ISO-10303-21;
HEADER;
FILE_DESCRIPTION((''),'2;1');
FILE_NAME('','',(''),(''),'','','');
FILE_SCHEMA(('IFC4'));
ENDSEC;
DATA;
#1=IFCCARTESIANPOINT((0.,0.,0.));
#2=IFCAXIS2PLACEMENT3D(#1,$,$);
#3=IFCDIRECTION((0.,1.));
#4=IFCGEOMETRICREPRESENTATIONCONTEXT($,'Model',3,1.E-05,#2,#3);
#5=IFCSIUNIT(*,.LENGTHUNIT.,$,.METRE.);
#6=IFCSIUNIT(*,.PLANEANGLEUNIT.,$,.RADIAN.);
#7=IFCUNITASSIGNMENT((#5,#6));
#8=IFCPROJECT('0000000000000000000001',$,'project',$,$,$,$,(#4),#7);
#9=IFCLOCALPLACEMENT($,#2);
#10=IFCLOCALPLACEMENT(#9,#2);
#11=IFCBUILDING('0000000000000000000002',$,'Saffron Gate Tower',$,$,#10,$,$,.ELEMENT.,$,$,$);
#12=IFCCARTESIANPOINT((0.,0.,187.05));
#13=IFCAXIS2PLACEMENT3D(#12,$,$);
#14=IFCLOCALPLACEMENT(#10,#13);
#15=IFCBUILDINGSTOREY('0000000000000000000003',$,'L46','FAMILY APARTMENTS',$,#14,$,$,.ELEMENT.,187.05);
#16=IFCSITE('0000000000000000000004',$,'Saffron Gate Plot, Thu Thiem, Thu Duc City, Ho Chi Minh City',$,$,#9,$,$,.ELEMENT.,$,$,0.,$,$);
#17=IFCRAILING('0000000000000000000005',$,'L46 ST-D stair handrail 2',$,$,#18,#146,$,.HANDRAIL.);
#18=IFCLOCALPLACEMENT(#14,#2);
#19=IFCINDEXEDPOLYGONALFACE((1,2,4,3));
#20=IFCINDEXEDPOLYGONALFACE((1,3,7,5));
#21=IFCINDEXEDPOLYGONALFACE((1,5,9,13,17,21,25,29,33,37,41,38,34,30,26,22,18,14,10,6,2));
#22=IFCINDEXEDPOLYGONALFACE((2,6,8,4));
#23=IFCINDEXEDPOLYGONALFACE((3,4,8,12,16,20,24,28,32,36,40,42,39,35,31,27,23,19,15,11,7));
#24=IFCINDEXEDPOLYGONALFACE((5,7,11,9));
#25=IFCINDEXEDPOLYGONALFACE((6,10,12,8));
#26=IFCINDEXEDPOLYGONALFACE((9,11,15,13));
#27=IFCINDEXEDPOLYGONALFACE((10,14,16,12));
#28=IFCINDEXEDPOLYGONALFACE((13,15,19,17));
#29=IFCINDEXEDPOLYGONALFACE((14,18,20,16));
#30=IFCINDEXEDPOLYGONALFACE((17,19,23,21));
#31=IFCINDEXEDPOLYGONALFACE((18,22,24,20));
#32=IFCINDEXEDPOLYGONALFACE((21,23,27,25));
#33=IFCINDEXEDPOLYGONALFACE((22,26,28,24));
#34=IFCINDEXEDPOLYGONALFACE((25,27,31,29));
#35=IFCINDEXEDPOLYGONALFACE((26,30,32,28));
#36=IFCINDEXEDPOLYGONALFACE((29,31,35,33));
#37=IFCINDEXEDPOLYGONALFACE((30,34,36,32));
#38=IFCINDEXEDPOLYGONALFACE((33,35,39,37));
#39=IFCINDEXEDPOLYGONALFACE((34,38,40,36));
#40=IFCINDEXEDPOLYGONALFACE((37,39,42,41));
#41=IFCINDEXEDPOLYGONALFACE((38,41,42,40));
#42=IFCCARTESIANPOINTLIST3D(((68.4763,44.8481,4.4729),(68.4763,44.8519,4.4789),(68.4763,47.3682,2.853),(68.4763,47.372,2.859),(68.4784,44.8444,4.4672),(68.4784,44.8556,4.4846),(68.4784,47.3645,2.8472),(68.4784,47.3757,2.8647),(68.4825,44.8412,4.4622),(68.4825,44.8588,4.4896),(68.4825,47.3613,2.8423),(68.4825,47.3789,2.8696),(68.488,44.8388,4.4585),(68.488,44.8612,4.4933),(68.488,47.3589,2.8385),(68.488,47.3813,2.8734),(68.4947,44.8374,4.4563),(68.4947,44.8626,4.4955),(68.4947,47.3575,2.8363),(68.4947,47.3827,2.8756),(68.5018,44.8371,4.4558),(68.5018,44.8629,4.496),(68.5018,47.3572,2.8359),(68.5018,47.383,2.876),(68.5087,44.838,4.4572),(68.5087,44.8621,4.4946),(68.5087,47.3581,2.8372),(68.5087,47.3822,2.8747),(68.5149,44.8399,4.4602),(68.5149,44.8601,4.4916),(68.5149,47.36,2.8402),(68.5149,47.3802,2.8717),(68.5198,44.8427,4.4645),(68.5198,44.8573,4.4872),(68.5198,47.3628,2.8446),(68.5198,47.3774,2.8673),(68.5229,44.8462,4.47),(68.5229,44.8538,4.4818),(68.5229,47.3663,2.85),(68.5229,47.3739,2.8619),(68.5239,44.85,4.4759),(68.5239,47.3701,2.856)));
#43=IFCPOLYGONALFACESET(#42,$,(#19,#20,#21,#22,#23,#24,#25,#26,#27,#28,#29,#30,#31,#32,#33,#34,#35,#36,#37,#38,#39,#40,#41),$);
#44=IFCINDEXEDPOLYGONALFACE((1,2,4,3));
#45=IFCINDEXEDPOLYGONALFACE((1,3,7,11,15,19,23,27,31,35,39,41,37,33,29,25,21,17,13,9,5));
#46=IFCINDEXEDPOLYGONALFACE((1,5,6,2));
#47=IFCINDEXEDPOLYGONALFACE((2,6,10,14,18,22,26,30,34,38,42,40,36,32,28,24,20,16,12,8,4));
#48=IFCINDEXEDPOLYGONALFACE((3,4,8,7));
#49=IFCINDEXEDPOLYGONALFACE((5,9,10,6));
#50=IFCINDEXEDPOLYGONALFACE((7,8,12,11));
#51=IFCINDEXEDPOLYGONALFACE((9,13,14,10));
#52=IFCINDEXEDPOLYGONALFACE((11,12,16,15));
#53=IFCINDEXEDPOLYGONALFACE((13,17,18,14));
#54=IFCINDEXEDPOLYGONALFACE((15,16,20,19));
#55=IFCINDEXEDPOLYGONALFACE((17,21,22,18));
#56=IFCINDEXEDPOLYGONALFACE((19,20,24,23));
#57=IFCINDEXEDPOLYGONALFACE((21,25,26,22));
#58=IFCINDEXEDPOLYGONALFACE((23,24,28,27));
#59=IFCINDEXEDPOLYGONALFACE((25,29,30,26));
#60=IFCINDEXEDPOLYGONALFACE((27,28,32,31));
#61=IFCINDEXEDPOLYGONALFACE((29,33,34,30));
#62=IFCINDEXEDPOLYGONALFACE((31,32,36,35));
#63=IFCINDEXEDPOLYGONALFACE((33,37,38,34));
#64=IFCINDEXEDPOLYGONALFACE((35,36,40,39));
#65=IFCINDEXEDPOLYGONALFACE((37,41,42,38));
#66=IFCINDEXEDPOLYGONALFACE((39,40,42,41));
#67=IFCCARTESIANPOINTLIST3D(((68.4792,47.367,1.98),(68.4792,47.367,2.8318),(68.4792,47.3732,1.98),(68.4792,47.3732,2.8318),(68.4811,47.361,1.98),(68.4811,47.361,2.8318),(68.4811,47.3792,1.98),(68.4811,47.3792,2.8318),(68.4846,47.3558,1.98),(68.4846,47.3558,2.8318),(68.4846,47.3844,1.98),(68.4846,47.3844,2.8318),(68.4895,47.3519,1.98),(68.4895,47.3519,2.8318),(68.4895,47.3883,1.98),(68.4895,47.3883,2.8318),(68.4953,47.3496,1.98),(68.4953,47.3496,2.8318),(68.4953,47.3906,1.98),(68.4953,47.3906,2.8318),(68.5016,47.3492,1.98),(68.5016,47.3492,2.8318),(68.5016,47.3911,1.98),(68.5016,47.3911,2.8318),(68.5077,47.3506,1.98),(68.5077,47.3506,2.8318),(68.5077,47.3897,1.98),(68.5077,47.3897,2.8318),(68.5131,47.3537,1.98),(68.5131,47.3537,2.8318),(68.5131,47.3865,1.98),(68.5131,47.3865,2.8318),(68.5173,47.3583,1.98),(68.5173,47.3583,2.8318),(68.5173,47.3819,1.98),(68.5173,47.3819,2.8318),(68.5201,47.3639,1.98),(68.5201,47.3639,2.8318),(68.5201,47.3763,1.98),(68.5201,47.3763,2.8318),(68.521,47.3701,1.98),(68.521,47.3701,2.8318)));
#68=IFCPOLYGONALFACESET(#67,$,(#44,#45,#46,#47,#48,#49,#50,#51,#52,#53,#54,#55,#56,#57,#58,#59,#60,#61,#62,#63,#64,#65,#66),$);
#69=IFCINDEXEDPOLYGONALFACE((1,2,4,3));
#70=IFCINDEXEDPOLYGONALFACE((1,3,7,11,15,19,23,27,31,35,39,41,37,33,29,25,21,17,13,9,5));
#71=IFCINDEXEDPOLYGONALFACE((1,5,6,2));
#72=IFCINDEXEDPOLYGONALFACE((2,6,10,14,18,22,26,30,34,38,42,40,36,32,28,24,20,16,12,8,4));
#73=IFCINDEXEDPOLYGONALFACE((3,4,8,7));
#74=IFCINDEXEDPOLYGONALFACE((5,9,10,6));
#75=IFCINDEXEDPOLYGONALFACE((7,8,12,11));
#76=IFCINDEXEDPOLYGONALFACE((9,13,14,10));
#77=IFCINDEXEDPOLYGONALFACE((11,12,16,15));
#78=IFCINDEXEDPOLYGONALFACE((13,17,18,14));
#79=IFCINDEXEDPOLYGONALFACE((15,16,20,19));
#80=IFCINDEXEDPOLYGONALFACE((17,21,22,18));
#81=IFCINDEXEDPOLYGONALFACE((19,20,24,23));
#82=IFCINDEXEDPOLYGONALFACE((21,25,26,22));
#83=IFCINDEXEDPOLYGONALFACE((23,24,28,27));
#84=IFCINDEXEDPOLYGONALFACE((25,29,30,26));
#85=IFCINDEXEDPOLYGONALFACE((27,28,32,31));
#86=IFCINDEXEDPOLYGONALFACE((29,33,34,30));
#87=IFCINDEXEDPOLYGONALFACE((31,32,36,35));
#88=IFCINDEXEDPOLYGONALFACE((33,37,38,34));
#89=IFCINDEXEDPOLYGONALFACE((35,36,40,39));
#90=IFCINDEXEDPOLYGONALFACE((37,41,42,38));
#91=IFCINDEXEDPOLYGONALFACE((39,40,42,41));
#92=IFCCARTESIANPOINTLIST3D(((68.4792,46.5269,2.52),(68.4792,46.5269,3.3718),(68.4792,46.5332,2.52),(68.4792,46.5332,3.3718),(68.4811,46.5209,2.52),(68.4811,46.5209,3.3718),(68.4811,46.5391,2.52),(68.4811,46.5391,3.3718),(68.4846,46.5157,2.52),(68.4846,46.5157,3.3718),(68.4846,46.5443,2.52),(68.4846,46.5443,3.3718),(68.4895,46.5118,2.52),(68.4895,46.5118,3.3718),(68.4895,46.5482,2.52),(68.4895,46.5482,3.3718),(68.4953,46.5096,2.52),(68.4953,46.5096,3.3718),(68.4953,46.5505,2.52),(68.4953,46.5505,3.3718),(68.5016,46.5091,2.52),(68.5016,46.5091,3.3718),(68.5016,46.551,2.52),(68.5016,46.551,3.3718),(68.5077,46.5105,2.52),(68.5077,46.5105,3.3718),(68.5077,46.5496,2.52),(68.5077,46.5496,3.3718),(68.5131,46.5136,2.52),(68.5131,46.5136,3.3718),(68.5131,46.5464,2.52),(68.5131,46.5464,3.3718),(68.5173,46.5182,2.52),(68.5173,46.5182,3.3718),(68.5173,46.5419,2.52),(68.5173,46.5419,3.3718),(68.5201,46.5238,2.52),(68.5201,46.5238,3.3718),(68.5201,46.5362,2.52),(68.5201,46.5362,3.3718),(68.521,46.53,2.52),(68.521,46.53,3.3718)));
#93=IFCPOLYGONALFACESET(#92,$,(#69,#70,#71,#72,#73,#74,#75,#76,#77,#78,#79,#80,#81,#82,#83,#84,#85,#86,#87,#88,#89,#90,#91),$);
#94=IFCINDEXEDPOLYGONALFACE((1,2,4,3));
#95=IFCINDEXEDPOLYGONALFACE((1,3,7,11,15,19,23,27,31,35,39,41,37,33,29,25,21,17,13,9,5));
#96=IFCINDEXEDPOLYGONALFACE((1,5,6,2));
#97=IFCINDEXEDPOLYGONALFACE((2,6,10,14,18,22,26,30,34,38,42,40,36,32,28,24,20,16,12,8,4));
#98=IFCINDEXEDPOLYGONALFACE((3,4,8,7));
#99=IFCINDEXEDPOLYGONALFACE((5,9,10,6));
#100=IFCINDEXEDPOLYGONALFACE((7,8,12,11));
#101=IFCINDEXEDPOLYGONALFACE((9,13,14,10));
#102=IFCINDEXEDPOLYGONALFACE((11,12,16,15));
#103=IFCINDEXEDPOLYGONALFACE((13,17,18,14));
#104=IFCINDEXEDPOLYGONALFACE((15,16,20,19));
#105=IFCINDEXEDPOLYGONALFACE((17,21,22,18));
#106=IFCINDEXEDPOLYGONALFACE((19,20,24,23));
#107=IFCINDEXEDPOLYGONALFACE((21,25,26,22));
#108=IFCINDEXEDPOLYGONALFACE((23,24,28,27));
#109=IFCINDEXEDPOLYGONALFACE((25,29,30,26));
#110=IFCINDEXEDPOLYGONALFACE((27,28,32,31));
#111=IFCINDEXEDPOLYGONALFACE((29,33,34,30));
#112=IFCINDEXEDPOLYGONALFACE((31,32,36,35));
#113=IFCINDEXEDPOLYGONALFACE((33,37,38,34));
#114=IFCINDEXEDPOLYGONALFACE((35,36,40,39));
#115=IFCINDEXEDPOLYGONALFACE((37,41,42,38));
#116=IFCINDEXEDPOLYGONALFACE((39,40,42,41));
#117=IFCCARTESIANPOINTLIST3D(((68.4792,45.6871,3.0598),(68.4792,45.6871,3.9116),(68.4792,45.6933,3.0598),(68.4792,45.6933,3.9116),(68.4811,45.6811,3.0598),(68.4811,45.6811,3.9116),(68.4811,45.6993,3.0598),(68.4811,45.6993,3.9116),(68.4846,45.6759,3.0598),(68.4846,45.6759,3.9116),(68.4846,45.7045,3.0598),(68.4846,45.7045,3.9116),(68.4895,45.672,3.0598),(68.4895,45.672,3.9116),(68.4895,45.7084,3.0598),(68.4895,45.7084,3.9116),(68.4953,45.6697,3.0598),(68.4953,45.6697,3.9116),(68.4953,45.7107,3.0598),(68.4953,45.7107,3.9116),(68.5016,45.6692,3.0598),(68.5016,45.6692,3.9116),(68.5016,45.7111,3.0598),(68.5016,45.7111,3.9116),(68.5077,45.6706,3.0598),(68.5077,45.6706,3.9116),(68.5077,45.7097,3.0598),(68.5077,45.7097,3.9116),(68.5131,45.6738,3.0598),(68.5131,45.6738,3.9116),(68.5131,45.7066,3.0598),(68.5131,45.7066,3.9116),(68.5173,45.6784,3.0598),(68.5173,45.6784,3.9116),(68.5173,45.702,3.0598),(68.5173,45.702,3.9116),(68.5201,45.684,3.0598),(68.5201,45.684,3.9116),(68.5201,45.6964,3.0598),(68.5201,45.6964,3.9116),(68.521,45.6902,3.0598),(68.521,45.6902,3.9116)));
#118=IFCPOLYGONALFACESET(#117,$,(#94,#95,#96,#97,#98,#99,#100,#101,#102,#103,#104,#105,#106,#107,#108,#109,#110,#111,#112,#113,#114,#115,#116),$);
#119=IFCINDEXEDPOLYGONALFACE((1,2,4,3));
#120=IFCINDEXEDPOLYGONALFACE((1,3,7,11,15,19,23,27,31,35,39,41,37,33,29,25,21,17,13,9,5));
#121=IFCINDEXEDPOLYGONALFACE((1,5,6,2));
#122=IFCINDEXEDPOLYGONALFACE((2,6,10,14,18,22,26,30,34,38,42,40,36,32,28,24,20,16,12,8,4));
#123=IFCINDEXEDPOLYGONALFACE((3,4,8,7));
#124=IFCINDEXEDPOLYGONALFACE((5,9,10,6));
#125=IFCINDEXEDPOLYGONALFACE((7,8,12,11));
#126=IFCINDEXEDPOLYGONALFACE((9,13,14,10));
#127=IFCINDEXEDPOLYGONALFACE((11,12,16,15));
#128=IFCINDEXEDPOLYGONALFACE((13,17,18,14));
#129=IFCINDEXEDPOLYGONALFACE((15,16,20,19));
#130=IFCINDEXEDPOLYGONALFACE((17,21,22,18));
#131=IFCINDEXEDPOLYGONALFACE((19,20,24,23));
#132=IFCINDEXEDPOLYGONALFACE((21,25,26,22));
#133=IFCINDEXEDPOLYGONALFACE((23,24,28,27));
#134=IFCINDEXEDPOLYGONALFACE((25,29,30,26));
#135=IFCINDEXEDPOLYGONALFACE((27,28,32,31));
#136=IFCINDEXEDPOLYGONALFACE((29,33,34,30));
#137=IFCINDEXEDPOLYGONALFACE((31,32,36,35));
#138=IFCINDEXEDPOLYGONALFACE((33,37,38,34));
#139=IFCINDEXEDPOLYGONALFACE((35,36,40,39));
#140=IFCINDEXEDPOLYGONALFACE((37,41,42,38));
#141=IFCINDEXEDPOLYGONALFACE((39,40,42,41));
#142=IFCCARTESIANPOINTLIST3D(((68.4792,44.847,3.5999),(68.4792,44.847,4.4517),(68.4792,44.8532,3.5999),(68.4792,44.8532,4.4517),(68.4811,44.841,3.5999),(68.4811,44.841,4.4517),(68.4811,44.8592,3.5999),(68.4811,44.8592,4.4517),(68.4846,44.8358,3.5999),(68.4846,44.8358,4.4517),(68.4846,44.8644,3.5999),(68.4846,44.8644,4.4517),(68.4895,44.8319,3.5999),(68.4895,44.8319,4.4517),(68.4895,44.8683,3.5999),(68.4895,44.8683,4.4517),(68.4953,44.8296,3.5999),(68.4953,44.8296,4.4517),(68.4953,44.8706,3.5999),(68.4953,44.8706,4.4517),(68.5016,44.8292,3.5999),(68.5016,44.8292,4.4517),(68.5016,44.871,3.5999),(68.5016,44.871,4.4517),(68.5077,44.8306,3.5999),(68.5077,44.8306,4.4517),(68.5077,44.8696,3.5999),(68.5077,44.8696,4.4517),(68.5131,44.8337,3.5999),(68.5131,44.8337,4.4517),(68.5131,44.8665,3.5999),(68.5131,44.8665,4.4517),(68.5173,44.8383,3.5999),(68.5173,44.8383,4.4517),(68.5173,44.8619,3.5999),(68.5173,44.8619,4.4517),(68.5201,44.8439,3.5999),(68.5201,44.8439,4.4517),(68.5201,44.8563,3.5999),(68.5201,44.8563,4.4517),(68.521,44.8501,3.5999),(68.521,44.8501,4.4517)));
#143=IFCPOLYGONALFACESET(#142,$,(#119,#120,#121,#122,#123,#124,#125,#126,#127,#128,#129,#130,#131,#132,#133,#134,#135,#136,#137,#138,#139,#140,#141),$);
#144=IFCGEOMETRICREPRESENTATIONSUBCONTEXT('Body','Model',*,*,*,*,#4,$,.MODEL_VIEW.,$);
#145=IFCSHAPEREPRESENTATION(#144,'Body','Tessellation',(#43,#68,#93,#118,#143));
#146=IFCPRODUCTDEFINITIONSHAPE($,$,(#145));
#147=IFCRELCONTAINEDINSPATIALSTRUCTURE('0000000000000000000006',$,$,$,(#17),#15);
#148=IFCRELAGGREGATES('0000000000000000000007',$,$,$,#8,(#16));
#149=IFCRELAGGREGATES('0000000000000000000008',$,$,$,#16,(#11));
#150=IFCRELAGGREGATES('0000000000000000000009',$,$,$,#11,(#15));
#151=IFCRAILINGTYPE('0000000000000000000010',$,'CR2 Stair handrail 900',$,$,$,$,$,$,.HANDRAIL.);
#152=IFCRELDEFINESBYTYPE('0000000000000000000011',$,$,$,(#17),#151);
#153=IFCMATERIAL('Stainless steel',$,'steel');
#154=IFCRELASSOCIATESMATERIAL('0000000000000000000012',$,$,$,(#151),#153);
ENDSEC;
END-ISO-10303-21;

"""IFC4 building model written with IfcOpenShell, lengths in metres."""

from ifc_helpers import new_model, si_unit, direction, frame, origin, origin_2d, place, context, subcontext, project, spatial, circle, extrude, material, type_object, element, save


model = new_model("IFC4")

# Units and contexts
model_context = context("Model", 3, precision=1e-05, world=origin(), true_north=direction((0.0, 1.0)))
body_context = subcontext(model_context, "Body", "Model", "MODEL_VIEW")
ifc_project = project(units=[si_unit("LENGTHUNIT", "METRE"), si_unit("PLANEANGLEUNIT", "RADIAN")], contexts=[model_context])

# Site, building, storey
site_placement = place(None, origin())
site = spatial("IfcSite", under=ifc_project, at=site_placement, Name="Saffron Gate Plot, Thu Thiem, Thu Duc City, Ho Chi Minh City", CompositionType="ELEMENT", RefElevation=0.0)
building_placement = place(site_placement, origin())
building = spatial("IfcBuilding", under=site, at=building_placement, Name="Saffron Gate Tower", CompositionType="ELEMENT")
storey_placement = place(building_placement, frame((0.0, 0.0, 187.05)))
storey = spatial("IfcBuildingStorey", under=building, at=storey_placement, Name="L46", Description="FAMILY APARTMENTS", CompositionType="ELEMENT", Elevation=187.05)

# Railing
ifc_material_1 = material(Name="Stainless steel", Category="steel")
railing_type_1 = type_object("IfcRailingType", Name="CR2 Stair handrail 900", PredefinedType="HANDRAIL", material=ifc_material_1)
railing_1_placement = place(storey_placement, frame((68.5, 47.3701, 1.98)))
element("IfcRailing", 1, at=railing_1_placement, inside=storey, type_object=railing_type_1, Name="L46 ST-D stair handrail 2", PredefinedType="HANDRAIL", context=body_context, shape_type="SweptSolid", body=[
    extrude(circle(Radius=0.0239, at=origin_2d()), frame((0.0, 0.0, 0.876), z_axis=(0.0, -0.8412, 0.540725), x_axis=(1.0, 0.0, 0.0)), (0.0, 0.0, 1.0), 2.9958),
    extrude(circle(Radius=0.021, at=origin_2d()), origin(), (0.0, 0.0, 1.0), 0.8518),
    extrude(circle(Radius=0.021, at=origin_2d()), frame((0.0, -0.8401, 0.54)), (0.0, 0.0, 1.0), 0.8518),
    extrude(circle(Radius=0.021, at=origin_2d()), frame((0.0, -1.6799, 1.0798)), (0.0, 0.0, 1.0), 0.8518),
    extrude(circle(Radius=0.021, at=origin_2d()), frame((0.0, -2.52, 1.6199)), (0.0, 0.0, 1.0), 0.8518),
])

save(model, "model.ifc")
